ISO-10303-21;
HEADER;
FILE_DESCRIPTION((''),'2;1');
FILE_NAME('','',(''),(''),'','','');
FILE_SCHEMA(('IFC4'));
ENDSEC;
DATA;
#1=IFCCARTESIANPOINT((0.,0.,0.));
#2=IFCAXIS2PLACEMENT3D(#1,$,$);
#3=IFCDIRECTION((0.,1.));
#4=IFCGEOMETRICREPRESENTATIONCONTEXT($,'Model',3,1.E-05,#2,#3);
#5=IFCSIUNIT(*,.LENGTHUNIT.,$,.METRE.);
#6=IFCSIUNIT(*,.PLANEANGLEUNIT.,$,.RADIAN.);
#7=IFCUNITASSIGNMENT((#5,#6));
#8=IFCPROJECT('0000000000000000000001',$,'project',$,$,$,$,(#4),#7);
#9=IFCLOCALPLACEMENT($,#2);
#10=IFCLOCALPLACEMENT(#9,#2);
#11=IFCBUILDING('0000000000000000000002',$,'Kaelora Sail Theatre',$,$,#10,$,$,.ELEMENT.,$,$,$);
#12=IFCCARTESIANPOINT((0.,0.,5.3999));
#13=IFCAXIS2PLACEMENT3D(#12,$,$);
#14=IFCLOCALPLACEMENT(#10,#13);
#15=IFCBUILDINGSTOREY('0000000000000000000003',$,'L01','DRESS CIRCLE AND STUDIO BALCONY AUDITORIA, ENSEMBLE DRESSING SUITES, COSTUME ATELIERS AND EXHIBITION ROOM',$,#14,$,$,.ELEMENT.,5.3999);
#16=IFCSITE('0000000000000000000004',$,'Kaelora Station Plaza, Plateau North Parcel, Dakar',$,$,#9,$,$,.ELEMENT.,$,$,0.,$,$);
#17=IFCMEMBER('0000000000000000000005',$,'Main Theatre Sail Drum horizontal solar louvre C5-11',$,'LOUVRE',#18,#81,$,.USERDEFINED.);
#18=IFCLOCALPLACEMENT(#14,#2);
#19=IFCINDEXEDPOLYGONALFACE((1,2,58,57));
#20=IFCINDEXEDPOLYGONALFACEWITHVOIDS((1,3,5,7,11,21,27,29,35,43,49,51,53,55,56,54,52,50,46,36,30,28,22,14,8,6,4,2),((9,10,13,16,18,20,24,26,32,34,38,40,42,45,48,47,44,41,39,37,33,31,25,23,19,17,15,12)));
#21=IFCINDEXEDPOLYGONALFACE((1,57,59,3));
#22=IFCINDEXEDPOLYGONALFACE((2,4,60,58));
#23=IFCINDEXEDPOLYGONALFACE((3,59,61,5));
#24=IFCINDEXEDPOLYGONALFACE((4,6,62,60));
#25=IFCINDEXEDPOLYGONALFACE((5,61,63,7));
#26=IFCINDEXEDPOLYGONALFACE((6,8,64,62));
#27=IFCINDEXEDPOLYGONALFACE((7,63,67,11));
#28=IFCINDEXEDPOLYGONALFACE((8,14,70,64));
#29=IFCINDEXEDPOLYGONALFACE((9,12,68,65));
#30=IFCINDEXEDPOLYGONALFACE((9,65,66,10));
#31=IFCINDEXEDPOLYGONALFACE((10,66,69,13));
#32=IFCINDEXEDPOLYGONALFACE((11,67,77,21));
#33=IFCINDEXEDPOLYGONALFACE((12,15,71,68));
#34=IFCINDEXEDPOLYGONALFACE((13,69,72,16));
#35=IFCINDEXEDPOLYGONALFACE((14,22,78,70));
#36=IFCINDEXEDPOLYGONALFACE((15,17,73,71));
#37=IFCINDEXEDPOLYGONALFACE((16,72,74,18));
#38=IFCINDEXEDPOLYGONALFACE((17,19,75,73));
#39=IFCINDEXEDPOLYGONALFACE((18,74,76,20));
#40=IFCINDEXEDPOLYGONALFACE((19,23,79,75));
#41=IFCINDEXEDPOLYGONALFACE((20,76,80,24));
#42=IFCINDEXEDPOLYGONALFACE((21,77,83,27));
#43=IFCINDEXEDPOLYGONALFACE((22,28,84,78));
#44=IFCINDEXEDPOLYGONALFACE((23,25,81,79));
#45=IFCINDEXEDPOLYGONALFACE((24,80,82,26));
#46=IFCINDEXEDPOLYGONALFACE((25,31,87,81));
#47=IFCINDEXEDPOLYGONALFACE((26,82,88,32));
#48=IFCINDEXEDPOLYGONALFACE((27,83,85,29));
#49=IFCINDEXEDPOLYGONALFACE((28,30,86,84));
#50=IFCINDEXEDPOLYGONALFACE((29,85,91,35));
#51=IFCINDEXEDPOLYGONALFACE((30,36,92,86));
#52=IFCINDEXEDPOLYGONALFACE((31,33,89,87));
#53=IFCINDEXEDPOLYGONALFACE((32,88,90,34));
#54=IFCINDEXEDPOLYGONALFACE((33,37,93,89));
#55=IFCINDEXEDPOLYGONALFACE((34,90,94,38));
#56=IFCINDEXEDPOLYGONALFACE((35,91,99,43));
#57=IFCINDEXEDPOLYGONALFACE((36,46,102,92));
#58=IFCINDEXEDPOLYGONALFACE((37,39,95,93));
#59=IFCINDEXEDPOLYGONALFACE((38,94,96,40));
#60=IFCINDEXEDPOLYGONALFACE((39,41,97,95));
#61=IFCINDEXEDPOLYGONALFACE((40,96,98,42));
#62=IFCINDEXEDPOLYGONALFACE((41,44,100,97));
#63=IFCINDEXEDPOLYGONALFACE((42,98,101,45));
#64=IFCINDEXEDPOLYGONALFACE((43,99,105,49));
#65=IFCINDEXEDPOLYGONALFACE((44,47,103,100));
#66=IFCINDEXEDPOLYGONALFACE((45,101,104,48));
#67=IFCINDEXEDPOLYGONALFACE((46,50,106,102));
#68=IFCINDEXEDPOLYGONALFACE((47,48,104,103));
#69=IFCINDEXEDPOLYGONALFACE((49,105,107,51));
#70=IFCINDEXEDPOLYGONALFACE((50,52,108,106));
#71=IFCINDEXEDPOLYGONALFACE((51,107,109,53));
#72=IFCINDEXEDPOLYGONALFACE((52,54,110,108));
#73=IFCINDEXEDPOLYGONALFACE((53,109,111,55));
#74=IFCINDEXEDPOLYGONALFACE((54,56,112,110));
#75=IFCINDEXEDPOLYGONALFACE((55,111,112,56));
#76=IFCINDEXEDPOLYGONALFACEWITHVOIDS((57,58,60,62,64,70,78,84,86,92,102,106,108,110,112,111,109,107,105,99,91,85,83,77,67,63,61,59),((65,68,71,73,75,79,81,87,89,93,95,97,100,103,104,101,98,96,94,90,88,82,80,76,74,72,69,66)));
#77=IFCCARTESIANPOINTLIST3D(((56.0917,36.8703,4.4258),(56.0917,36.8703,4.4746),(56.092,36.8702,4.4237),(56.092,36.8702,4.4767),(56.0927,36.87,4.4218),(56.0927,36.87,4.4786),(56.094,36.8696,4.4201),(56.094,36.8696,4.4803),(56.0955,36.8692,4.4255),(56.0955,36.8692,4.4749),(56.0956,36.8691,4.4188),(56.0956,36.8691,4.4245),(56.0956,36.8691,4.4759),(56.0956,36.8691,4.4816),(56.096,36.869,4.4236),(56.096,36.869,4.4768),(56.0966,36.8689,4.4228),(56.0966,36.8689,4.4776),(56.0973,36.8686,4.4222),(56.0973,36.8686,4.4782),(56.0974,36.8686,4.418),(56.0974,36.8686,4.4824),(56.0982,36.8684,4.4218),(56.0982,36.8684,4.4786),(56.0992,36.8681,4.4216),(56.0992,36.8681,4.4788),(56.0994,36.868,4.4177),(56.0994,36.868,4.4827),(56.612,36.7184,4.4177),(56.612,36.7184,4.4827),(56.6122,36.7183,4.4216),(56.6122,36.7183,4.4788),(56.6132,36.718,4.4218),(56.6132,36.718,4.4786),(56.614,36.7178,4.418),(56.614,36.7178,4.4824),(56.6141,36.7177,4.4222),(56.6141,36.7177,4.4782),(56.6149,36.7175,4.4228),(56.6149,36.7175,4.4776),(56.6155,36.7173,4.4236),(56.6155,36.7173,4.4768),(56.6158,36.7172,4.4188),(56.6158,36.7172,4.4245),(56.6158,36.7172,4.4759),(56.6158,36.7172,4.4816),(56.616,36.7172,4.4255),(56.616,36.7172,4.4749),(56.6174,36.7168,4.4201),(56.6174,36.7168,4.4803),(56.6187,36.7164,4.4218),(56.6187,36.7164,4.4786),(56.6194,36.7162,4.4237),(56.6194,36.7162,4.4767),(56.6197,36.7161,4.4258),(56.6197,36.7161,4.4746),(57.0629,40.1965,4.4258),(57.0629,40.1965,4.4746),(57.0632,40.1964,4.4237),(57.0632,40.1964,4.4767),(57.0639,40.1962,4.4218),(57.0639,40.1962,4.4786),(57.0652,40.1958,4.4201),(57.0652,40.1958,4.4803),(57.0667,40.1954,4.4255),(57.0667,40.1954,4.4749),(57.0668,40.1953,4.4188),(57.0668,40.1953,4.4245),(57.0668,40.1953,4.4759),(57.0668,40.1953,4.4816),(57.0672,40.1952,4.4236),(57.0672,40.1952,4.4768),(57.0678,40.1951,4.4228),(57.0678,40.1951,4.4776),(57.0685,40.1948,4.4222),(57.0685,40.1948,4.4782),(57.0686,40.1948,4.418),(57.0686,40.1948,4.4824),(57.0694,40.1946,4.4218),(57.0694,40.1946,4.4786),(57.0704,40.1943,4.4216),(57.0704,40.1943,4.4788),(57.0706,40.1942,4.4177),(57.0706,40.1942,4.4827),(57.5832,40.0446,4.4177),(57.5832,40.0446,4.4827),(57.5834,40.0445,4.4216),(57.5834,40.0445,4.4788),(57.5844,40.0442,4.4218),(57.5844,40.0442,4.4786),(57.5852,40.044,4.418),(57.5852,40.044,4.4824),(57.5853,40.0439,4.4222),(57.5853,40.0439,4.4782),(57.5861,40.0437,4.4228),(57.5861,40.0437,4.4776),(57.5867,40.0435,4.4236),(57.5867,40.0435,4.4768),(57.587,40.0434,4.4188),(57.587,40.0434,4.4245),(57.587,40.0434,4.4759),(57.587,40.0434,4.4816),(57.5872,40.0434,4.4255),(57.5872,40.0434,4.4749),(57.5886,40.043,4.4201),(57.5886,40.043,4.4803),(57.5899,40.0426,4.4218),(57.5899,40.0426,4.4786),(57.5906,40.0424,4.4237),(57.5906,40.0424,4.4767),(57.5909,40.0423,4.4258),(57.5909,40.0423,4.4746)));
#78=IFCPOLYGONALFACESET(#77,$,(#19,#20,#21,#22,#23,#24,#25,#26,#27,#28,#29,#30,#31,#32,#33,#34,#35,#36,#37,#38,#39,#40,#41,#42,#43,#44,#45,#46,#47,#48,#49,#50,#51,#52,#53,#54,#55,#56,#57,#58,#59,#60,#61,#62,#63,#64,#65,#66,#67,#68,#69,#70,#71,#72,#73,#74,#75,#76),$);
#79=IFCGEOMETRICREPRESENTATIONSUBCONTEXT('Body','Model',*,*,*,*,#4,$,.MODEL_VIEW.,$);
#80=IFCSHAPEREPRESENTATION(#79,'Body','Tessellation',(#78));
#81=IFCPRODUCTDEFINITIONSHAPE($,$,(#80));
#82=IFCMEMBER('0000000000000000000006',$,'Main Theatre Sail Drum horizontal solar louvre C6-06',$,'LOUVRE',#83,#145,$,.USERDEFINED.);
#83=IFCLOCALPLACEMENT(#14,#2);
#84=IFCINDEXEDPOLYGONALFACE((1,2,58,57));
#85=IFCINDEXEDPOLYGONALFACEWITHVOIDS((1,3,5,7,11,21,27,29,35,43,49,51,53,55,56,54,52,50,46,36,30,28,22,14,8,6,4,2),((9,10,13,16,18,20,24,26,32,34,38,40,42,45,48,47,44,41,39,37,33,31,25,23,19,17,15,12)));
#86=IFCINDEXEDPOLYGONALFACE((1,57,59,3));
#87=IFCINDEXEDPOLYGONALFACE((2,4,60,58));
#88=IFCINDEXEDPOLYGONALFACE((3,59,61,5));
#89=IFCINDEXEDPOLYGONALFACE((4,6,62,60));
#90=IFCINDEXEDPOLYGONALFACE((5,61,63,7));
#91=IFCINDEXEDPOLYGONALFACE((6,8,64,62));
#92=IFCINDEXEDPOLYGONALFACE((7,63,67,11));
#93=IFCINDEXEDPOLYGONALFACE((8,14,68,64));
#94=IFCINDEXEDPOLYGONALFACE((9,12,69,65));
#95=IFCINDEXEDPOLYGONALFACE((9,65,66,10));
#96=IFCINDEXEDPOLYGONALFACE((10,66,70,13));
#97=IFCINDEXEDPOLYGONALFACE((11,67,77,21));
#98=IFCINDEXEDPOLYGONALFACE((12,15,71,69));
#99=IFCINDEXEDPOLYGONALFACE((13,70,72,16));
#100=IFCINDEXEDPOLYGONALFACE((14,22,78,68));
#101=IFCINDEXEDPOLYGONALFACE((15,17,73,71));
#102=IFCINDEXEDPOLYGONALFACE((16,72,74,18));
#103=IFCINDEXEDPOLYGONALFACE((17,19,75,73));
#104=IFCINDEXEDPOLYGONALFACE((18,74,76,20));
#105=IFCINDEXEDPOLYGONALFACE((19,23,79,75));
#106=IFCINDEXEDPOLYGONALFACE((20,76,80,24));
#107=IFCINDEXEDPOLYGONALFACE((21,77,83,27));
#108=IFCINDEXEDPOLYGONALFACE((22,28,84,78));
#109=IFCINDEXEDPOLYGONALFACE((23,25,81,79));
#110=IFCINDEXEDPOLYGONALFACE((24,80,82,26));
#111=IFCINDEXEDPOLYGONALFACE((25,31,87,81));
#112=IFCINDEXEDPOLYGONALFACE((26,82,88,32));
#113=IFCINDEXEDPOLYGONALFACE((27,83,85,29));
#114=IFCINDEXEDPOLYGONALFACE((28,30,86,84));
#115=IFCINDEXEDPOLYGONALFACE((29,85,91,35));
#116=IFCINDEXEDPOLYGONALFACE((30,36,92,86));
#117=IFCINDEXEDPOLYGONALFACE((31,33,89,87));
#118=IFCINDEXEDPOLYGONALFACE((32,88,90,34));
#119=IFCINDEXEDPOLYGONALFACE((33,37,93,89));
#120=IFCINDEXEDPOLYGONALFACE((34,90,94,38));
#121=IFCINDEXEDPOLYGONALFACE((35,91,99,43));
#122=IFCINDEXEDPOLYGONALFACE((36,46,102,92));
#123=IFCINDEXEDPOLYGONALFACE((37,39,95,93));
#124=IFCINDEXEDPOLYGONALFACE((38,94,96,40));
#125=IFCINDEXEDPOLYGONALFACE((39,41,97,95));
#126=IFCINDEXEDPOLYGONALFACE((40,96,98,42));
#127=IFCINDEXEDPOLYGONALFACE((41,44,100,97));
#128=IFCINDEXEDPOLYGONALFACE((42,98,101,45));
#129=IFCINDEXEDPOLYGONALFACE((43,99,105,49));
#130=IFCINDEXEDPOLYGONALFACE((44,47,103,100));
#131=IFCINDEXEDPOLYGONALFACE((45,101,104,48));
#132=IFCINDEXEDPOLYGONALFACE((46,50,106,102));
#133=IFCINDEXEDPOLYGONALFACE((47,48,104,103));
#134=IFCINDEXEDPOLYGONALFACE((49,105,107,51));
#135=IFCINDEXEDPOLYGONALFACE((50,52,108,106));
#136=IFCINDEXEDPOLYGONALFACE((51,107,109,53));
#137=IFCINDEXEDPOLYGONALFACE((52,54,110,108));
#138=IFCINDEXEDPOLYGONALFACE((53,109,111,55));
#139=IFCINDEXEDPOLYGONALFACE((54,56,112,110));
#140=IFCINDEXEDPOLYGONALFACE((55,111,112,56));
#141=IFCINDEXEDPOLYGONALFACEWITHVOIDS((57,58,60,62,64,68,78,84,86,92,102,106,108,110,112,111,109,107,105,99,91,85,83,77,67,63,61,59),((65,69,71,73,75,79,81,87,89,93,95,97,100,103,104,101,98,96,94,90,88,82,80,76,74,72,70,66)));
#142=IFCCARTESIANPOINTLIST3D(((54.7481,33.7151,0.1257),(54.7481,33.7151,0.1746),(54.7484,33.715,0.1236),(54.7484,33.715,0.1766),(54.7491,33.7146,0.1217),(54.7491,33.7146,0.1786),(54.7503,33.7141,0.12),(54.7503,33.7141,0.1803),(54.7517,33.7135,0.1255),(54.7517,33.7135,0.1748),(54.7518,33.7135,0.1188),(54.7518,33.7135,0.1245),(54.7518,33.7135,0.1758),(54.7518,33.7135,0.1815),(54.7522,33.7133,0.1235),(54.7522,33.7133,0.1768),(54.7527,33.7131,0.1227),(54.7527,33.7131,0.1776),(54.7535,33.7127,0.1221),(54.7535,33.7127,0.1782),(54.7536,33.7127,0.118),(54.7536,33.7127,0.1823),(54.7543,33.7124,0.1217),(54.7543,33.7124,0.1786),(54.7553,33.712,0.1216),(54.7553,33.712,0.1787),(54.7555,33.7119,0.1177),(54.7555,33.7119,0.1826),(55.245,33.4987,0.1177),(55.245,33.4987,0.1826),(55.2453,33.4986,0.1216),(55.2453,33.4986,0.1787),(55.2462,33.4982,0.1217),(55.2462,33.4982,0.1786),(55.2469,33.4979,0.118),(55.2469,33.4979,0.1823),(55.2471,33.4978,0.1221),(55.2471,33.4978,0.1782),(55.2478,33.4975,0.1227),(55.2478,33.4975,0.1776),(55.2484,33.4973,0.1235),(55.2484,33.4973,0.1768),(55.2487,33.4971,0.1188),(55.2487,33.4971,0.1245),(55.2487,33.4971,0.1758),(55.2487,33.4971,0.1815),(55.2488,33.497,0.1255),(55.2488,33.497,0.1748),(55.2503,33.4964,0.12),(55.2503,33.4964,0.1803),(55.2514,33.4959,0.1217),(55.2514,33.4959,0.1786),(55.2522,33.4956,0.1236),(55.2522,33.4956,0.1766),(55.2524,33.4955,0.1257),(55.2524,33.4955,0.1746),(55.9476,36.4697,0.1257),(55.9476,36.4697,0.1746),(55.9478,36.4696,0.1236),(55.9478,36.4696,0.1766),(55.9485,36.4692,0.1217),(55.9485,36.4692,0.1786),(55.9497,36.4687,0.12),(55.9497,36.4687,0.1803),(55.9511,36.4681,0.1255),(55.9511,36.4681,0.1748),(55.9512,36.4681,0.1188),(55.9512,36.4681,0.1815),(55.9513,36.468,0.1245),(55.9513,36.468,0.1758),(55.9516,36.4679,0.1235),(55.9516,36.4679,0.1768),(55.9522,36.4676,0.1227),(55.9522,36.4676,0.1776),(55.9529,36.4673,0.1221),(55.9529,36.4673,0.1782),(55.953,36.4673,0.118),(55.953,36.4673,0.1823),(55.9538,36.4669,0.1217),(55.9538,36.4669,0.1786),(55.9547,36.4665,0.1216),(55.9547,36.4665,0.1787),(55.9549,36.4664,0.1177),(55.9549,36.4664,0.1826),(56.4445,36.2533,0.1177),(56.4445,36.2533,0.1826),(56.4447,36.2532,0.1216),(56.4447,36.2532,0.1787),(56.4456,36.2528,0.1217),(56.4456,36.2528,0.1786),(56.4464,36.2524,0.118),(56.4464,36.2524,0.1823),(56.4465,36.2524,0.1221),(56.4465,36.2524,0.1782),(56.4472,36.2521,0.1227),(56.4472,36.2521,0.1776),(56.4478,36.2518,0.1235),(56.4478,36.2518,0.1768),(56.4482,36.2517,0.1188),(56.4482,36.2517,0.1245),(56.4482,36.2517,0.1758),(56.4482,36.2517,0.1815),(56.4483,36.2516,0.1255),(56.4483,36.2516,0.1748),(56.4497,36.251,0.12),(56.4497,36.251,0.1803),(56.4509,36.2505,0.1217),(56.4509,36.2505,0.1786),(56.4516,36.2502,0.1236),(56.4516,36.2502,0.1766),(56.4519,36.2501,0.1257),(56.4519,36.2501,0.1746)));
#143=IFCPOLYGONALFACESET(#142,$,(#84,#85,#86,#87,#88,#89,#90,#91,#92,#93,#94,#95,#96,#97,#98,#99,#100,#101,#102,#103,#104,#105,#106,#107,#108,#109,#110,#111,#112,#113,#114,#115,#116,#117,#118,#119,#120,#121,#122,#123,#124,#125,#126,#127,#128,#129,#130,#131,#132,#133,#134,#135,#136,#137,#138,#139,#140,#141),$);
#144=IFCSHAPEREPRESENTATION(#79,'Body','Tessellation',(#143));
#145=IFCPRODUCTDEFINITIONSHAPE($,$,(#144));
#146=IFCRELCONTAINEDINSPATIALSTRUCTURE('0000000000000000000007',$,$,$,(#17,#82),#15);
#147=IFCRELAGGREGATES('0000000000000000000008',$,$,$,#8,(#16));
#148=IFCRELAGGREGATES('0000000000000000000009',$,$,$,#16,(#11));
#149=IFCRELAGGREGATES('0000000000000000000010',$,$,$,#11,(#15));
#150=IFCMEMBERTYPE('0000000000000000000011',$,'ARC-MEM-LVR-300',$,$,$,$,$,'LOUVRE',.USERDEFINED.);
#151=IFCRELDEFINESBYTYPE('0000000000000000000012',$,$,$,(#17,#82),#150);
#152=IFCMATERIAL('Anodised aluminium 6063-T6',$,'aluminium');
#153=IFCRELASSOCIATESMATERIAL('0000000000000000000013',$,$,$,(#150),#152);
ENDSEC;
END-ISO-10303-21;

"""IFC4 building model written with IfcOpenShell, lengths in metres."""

from ifc_helpers import new_model, si_unit, direction, frame, origin, origin_2d, place, context, subcontext, project, spatial, hollow_rectangle, extrude, material, material_profile, profile_set, type_object, element, save


model = new_model("IFC4")

# Units and contexts
model_context = context("Model", 3, precision=1e-05, world=origin(), true_north=direction((0.0, 1.0)))
body_context = subcontext(model_context, "Body", "Model", "MODEL_VIEW")
ifc_project = project(units=[si_unit("LENGTHUNIT", "METRE"), si_unit("PLANEANGLEUNIT", "RADIAN")], contexts=[model_context])

# Site, building, storey
site_placement = place(None, origin())
site = spatial("IfcSite", under=ifc_project, at=site_placement, Name="Kaelora Station Plaza, Plateau North Parcel, Dakar", CompositionType="ELEMENT", RefElevation=0.0)
building_placement = place(site_placement, origin())
building = spatial("IfcBuilding", under=site, at=building_placement, Name="Kaelora Sail Theatre", CompositionType="ELEMENT")
storey_placement = place(building_placement, frame((0.0, 0.0, 5.3999)))
storey = spatial("IfcBuildingStorey", under=building, at=storey_placement, Name="L01", Description="DRESS CIRCLE AND STUDIO BALCONY AUDITORIA, ENSEMBLE DRESSING SUITES, COSTUME ATELIERS AND EXHIBITION ROOM", CompositionType="ELEMENT", Elevation=5.3999)

# Members
ifc_material_1 = material(Name="Anodised aluminium 6063-T6", Category="aluminium")
ifc_material_profile_1 = material_profile(ifc_material_1, hollow_rectangle(XDim=0.55, YDim=0.0649, WallThickness=0.0039, InnerFilletRadius=0.0039, OuterFilletRadius=0.0081, at=origin_2d()), Name="LOUVRE 550x65x4")
ifc_profile_set_1 = profile_set([ifc_material_profile_1], Name="Anodised aluminium 6063-T6")
member_type_1 = type_object("IfcMemberType", Name="ARC-MEM-LVR-300", ElementType="LOUVRE", PredefinedType="USERDEFINED", material=ifc_profile_set_1)
for number, where, z_axis, x_axis, name in (
    (1, (57.3269, 40.1194, 4.4502), (-0.280281, -0.959918, 0.0), (0.959918, -0.280281, 0.0), "Main Theatre Sail Drum horizontal solar louvre C5-11"),
):
    element("IfcMember", number, at=place(storey_placement, frame(where, z_axis=z_axis, x_axis=x_axis)), inside=storey, type_object=member_type_1, Name=name, ObjectType="LOUVRE", PredefinedType="USERDEFINED", context=body_context, shape_type="SweptSolid", body=[
        extrude(hollow_rectangle(XDim=0.55, YDim=0.0649, WallThickness=0.0039, InnerFilletRadius=0.0039, OuterFilletRadius=0.0081, at=origin_2d()), origin(), (0.0, 0.0, 1.0), 3.4651),
    ])
for number, where, z_axis, x_axis, name in (
    (2, (56.1997, 36.3599, 0.1501), (-0.399228, -0.916852, 0.0), (0.916852, -0.399228, 0.0), "Main Theatre Sail Drum horizontal solar louvre C6-06"),
):
    element("IfcMember", number, at=place(storey_placement, frame(where, z_axis=z_axis, x_axis=x_axis)), inside=storey, type_object=member_type_1, Name=name, ObjectType="LOUVRE", PredefinedType="USERDEFINED", context=body_context, shape_type="SweptSolid", body=[
        extrude(hollow_rectangle(XDim=0.55, YDim=0.0649, WallThickness=0.0039, InnerFilletRadius=0.0039, OuterFilletRadius=0.0081, at=origin_2d()), origin(), (0.0, 0.0, 1.0), 3.0044),
    ])

save(model, "model.ifc")
